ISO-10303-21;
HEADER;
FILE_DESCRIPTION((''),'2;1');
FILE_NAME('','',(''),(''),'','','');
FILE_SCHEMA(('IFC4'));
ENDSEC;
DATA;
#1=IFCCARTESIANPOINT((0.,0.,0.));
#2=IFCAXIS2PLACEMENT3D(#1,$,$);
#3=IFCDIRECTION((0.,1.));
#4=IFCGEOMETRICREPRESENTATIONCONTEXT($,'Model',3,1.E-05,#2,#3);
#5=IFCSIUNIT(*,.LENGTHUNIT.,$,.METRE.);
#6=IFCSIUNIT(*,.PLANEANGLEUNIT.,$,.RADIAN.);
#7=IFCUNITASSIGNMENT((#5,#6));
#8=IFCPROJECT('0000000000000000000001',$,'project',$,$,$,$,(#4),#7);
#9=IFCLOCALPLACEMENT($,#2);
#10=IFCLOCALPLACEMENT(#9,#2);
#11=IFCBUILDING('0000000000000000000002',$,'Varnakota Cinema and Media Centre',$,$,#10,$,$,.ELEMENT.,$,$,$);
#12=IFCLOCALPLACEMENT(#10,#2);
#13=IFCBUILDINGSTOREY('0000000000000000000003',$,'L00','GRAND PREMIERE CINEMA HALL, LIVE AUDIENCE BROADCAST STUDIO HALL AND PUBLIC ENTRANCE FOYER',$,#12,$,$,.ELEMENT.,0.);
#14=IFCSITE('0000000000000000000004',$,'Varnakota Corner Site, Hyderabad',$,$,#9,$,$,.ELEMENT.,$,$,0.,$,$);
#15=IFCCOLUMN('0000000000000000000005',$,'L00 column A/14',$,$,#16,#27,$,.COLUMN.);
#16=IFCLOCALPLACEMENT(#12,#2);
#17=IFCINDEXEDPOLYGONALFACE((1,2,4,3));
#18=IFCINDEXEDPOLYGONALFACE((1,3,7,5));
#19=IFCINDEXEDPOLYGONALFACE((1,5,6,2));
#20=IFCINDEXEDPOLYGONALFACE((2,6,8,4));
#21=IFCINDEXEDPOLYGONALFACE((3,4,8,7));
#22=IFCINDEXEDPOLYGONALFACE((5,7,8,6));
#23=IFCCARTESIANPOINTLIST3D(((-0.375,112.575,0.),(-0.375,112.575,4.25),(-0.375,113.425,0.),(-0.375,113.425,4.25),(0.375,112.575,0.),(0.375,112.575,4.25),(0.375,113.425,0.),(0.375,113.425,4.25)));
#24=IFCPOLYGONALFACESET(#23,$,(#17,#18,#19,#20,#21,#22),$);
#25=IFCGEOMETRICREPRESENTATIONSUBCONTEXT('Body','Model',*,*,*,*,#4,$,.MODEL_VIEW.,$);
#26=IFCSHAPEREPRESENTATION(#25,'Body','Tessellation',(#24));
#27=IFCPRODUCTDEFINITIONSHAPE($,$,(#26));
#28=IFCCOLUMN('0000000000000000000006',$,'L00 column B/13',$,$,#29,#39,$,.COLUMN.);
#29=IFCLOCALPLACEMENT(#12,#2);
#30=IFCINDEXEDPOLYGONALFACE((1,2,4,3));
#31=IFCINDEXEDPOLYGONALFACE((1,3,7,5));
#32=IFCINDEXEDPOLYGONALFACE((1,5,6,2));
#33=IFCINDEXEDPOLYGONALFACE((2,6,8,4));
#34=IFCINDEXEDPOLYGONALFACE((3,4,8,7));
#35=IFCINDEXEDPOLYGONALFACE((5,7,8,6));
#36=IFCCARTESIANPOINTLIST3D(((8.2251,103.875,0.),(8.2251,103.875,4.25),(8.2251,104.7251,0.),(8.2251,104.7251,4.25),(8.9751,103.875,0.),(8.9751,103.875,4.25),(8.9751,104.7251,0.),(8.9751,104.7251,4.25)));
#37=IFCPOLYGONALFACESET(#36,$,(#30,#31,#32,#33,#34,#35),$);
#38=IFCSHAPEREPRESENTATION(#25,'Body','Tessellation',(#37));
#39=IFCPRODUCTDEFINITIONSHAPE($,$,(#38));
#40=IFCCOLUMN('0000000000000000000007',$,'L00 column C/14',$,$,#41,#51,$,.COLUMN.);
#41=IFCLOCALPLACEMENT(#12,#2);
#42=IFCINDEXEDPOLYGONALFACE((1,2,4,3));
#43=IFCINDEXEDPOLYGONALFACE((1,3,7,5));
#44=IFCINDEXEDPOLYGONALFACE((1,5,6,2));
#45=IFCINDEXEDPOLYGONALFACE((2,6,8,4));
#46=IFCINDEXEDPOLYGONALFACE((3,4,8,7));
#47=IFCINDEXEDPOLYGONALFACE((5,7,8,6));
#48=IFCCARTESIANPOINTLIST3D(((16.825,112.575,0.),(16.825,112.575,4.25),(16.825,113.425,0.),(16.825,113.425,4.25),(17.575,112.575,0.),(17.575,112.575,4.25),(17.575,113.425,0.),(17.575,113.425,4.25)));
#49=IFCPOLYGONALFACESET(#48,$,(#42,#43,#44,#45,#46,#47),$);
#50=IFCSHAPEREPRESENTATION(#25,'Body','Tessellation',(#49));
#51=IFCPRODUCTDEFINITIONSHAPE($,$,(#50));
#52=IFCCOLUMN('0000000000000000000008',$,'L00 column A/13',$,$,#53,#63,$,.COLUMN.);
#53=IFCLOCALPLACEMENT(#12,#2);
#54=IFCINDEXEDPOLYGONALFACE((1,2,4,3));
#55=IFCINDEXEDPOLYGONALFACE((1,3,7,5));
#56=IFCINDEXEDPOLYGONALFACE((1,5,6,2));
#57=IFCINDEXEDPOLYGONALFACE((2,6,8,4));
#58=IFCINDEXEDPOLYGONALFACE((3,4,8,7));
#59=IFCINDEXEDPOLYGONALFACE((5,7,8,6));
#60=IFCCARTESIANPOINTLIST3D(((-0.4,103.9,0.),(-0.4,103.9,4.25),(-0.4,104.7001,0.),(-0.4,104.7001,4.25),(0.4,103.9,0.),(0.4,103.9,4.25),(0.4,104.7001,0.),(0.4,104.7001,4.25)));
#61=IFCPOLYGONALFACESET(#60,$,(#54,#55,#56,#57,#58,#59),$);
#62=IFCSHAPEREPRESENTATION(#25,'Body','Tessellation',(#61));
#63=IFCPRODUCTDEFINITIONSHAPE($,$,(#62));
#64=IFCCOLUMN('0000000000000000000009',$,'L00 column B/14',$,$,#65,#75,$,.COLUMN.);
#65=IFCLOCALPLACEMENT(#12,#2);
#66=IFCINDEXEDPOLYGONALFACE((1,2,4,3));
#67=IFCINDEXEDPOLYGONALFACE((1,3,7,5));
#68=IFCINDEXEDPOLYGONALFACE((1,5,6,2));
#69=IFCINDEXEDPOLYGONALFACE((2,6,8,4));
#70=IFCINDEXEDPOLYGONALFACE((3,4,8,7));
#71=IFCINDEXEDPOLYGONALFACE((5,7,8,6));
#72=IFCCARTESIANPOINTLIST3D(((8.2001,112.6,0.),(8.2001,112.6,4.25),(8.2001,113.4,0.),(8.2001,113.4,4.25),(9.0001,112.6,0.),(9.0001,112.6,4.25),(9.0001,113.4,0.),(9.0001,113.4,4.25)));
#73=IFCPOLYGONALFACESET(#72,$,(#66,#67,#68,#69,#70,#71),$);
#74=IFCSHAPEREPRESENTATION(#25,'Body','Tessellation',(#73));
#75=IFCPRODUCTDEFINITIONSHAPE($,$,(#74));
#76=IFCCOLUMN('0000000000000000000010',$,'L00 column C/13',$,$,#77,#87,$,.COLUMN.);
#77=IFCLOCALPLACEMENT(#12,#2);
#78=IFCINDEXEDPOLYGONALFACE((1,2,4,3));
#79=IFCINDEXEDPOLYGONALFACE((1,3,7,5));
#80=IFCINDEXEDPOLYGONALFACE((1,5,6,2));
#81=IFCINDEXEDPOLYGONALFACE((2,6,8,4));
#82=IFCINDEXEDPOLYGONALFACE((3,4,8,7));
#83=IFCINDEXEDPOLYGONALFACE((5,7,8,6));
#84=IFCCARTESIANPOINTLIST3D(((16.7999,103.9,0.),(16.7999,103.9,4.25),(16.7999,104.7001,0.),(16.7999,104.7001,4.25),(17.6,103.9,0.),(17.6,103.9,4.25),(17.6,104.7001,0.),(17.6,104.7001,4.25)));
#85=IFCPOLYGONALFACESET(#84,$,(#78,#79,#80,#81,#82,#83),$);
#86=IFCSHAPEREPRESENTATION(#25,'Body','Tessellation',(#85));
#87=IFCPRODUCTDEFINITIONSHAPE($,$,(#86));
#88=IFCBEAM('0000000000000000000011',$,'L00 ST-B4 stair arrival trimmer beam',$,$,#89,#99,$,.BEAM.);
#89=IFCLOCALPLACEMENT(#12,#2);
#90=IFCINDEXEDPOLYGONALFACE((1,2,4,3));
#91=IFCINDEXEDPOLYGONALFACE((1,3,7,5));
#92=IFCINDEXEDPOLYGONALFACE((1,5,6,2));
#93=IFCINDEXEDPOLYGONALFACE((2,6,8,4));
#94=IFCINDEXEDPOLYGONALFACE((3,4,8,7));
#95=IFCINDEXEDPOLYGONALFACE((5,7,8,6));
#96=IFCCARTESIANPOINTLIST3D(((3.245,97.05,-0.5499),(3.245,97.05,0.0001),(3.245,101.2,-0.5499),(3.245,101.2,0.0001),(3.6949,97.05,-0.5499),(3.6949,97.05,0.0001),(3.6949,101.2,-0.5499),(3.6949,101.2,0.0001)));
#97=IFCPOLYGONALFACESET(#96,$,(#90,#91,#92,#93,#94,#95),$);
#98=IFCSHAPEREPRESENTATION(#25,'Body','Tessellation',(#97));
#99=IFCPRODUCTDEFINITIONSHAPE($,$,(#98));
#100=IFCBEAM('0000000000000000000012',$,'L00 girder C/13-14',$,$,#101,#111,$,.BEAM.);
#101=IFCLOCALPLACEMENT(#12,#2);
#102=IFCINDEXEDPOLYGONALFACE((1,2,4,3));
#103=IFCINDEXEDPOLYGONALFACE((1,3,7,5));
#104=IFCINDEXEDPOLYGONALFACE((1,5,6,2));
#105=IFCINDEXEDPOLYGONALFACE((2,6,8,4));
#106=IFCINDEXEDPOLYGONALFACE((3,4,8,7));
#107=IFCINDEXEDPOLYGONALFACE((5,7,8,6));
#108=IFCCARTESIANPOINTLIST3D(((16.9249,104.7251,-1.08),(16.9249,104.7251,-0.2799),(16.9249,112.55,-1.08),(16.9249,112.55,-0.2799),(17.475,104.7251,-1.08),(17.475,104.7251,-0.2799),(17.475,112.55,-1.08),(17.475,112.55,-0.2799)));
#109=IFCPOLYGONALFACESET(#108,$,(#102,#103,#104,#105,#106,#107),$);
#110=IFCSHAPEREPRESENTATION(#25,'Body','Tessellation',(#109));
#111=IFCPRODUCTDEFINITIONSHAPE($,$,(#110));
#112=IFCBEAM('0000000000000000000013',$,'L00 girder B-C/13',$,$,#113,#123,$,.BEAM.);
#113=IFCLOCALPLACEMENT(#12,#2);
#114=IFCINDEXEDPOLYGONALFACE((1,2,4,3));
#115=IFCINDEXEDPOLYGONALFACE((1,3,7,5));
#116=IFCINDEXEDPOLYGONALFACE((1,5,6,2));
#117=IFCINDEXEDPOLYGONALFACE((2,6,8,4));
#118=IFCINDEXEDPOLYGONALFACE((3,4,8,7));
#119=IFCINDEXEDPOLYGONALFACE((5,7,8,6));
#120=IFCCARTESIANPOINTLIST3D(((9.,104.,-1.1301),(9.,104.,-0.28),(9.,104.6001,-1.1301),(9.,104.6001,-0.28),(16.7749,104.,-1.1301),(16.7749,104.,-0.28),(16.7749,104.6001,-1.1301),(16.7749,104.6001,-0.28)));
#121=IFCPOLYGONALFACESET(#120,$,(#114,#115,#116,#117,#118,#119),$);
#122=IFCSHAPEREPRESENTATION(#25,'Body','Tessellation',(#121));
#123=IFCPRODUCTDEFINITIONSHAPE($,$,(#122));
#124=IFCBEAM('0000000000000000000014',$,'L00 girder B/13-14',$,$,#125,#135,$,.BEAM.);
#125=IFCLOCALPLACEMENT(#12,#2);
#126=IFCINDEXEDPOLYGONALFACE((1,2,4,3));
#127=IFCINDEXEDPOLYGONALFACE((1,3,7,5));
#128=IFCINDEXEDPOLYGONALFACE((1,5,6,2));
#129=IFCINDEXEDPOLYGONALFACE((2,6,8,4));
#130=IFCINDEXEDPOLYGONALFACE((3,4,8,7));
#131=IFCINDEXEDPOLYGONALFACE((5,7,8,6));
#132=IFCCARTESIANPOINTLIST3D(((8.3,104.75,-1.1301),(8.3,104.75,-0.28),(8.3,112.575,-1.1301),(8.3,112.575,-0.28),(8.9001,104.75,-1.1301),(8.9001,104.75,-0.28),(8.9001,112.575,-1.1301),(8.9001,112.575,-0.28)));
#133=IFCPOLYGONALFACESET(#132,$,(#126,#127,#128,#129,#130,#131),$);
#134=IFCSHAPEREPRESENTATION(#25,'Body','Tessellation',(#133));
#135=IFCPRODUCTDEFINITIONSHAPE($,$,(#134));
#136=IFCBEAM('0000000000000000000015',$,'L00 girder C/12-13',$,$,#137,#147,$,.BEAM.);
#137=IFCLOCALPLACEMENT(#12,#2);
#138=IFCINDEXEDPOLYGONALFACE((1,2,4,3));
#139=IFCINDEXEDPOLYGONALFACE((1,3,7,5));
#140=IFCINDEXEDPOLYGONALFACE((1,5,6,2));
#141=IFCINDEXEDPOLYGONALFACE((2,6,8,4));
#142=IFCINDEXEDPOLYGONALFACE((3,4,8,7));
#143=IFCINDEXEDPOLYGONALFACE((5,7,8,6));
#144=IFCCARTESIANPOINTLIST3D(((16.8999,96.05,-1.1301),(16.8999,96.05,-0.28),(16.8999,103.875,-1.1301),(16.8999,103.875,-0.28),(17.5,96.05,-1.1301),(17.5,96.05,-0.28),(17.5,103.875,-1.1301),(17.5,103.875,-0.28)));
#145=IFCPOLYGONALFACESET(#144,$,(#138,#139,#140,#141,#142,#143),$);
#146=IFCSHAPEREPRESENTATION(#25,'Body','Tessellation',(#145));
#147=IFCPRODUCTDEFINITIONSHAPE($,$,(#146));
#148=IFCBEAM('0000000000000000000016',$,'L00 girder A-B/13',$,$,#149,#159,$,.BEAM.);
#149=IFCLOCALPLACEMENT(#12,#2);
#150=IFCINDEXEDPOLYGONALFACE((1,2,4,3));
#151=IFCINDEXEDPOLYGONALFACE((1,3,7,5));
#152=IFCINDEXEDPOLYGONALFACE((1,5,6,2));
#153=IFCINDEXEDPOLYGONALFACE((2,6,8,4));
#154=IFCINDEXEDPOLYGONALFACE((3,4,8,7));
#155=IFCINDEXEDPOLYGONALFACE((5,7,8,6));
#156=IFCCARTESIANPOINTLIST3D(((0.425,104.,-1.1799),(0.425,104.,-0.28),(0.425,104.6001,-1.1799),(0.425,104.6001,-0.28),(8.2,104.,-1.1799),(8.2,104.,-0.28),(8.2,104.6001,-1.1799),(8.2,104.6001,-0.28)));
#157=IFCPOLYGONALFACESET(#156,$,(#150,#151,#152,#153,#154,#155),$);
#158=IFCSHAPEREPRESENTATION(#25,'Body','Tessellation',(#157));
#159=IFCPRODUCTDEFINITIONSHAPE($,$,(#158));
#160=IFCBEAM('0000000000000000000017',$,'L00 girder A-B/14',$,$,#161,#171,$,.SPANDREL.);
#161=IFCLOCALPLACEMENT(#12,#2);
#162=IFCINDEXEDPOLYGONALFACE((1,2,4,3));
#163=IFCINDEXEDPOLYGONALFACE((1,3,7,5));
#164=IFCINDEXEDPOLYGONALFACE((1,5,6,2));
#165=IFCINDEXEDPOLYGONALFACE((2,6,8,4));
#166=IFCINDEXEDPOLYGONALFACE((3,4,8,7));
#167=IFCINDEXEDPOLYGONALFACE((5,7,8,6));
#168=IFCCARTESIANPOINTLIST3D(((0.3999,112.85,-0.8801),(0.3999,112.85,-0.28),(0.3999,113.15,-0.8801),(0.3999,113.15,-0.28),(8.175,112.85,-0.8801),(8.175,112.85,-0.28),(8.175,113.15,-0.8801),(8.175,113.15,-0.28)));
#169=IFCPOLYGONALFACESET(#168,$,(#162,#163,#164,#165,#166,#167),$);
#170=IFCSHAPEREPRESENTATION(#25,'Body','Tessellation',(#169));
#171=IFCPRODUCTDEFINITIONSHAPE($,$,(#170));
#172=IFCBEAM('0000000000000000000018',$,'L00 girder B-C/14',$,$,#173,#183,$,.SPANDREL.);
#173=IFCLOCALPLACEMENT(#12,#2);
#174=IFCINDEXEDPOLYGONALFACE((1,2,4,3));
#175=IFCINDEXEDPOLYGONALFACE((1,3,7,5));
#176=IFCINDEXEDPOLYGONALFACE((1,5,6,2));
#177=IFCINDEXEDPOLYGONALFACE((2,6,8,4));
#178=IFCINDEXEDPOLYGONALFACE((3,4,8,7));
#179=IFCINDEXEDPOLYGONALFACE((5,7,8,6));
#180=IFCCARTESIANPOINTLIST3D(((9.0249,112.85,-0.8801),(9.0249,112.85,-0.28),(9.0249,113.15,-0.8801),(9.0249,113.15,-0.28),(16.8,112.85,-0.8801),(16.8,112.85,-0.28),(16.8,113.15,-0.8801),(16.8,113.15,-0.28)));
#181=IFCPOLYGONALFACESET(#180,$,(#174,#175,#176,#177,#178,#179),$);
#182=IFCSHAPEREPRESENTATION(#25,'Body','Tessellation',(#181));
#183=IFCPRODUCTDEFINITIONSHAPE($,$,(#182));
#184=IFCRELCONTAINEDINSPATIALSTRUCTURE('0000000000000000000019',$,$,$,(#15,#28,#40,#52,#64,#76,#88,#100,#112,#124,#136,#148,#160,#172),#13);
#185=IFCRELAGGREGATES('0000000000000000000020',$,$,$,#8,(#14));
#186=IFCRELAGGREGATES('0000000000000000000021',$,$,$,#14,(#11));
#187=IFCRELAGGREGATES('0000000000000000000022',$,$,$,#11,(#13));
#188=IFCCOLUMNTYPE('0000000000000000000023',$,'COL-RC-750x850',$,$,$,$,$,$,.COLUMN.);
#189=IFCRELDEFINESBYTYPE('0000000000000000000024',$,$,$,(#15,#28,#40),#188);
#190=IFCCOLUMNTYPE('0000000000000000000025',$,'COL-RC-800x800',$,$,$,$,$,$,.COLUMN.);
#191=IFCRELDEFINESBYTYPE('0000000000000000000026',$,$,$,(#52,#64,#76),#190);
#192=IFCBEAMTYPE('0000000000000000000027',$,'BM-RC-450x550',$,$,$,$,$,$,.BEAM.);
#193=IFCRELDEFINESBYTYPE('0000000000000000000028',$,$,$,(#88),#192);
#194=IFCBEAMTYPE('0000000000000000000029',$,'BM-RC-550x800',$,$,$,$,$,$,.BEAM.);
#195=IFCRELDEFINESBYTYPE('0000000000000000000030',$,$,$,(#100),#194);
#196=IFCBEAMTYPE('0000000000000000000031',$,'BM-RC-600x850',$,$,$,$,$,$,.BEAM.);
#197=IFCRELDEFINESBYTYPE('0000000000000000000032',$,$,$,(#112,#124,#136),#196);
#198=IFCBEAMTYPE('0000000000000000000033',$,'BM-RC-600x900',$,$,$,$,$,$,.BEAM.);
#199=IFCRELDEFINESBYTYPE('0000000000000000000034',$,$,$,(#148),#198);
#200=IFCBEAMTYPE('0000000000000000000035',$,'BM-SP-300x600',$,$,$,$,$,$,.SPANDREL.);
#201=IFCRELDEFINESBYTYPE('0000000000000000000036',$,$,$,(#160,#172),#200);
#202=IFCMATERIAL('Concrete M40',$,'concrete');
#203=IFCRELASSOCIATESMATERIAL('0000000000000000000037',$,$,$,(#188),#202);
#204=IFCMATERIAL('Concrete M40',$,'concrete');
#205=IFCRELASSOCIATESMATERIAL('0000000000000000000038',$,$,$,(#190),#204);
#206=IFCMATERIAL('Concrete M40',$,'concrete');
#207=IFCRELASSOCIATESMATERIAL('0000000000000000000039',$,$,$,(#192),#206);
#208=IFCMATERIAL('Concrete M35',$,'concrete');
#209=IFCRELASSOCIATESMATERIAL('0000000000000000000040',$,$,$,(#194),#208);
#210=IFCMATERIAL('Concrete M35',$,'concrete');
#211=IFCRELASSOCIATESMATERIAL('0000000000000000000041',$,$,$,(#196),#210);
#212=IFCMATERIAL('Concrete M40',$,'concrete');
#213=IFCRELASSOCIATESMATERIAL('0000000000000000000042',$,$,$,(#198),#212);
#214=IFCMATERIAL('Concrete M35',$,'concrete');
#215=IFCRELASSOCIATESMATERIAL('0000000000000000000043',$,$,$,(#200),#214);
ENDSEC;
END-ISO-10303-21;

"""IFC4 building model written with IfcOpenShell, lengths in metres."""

from ifc_helpers import new_model, si_unit, direction, frame, origin, origin_2d, place, context, subcontext, project, spatial, rectangle, extrude, material, material_profile, profile_set, type_object, element, save


model = new_model("IFC4")

# Units and contexts
model_context = context("Model", 3, precision=1e-05, world=origin(), true_north=direction((0.0, 1.0)))
body_context = subcontext(model_context, "Body", "Model", "MODEL_VIEW")
ifc_project = project(units=[si_unit("LENGTHUNIT", "METRE"), si_unit("PLANEANGLEUNIT", "RADIAN")], contexts=[model_context])

# Site, building, storey
site_placement = place(None, origin())
site = spatial("IfcSite", under=ifc_project, at=site_placement, Name="Varnakota Corner Site, Hyderabad", CompositionType="ELEMENT", RefElevation=0.0)
building_placement = place(site_placement, origin())
building = spatial("IfcBuilding", under=site, at=building_placement, Name="Varnakota Cinema and Media Centre", CompositionType="ELEMENT")
storey_placement = place(building_placement, origin())
storey = spatial("IfcBuildingStorey", under=building, at=storey_placement, Name="L00", Description="GRAND PREMIERE CINEMA HALL, LIVE AUDIENCE BROADCAST STUDIO HALL AND PUBLIC ENTRANCE FOYER", CompositionType="ELEMENT", Elevation=0.0)

# Columns
ifc_material_1 = material(Name="Concrete M40", Category="concrete")
ifc_material_profile_1 = material_profile(ifc_material_1, rectangle(XDim=0.75, YDim=0.8501, at=origin_2d()), Name="RC 750x850")
ifc_profile_set_1 = profile_set([ifc_material_profile_1], Name="Concrete M40")
column_type_1 = type_object("IfcColumnType", Name="COL-RC-750x850", PredefinedType="COLUMN", material=ifc_profile_set_1)
for number, where, z_axis, x_axis, name in (
    (1, (0.0, 113.0, 0.0), (0.0, 0.0, 1.0), (1.0, 0.0, 0.0), "L00 column A/14"),
    (2, (8.6001, 104.3, 0.0), (0.0, 0.0, 1.0), (1.0, 0.0, 0.0), "L00 column B/13"),
    (3, (17.2, 113.0, 0.0), (0.0, 0.0, 1.0), (1.0, 0.0, 0.0), "L00 column C/14"),
):
    element("IfcColumn", number, at=place(storey_placement, frame(where, z_axis=z_axis, x_axis=x_axis)), inside=storey, type_object=column_type_1, Name=name, PredefinedType="COLUMN", context=body_context, shape_type="SweptSolid", body=[
        extrude(rectangle(XDim=0.75, YDim=0.8501, at=origin_2d()), origin(), (0.0, 0.0, 1.0), 4.25),
    ])
ifc_material_2 = material(Name="Concrete M40", Category="concrete")
ifc_material_profile_2 = material_profile(ifc_material_2, rectangle(XDim=0.8, YDim=0.8, at=origin_2d()), Name="RC 800x800")
ifc_profile_set_2 = profile_set([ifc_material_profile_2], Name="Concrete M40")
column_type_2 = type_object("IfcColumnType", Name="COL-RC-800x800", PredefinedType="COLUMN", material=ifc_profile_set_2)
for number, where, z_axis, x_axis, name in (
    (4, (0.0, 104.3, 0.0), (0.0, 0.0, 1.0), (1.0, 0.0, 0.0), "L00 column A/13"),
    (5, (8.6001, 113.0, 0.0), (0.0, 0.0, 1.0), (1.0, 0.0, 0.0), "L00 column B/14"),
    (6, (17.2, 104.3, 0.0), (0.0, 0.0, 1.0), (1.0, 0.0, 0.0), "L00 column C/13"),
):
    element("IfcColumn", number, at=place(storey_placement, frame(where, z_axis=z_axis, x_axis=x_axis)), inside=storey, type_object=column_type_2, Name=name, PredefinedType="COLUMN", context=body_context, shape_type="SweptSolid", body=[
        extrude(rectangle(XDim=0.8, YDim=0.8, at=origin_2d()), origin(), (0.0, 0.0, 1.0), 4.25),
    ])

# Beams
ifc_material_3 = material(Name="Concrete M40", Category="concrete")
ifc_material_profile_3 = material_profile(ifc_material_3, rectangle(XDim=0.45, YDim=0.55, at=origin_2d()), Name="RCB 450x550")
ifc_profile_set_3 = profile_set([ifc_material_profile_3], Name="Concrete M40")
beam_type_1 = type_object("IfcBeamType", Name="BM-RC-450x550", PredefinedType="BEAM", material=ifc_profile_set_3)
beam_1_placement = place(storey_placement, frame((3.47, 97.05, -0.2749), z_axis=(0.0, 1.0, 0.0), x_axis=(-1.0, 0.0, 0.0)))
element("IfcBeam", 7, at=beam_1_placement, inside=storey, type_object=beam_type_1, Name="L00 ST-B4 stair arrival trimmer beam", PredefinedType="BEAM", context=body_context, shape_type="SweptSolid", body=[
    extrude(rectangle(XDim=0.45, YDim=0.55, at=origin_2d()), origin(), (0.0, 0.0, 1.0), 4.1499),
])
ifc_material_4 = material(Name="Concrete M35", Category="concrete")
ifc_material_profile_4 = material_profile(ifc_material_4, rectangle(XDim=0.55, YDim=0.8, at=origin_2d()), Name="RCB 550x800")
ifc_profile_set_4 = profile_set([ifc_material_profile_4], Name="Concrete M35")
beam_type_2 = type_object("IfcBeamType", Name="BM-RC-550x800", PredefinedType="BEAM", material=ifc_profile_set_4)
beam_2_placement = place(storey_placement, frame((17.2, 104.7251, -0.6799), z_axis=(0.0, 1.0, 0.0), x_axis=(-1.0, 0.0, 0.0)))
element("IfcBeam", 8, at=beam_2_placement, inside=storey, type_object=beam_type_2, Name="L00 girder C/13-14", PredefinedType="BEAM", context=body_context, shape_type="SweptSolid", body=[
    extrude(rectangle(XDim=0.55, YDim=0.8, at=origin_2d()), origin(), (0.0, 0.0, 1.0), 7.825),
])
ifc_material_5 = material(Name="Concrete M35", Category="concrete")
ifc_material_profile_5 = material_profile(ifc_material_5, rectangle(XDim=0.6001, YDim=0.8501, at=origin_2d()), Name="RCB 600x850")
ifc_profile_set_5 = profile_set([ifc_material_profile_5], Name="Concrete M35")
beam_type_3 = type_object("IfcBeamType", Name="BM-RC-600x850", PredefinedType="BEAM", material=ifc_profile_set_5)
beam_3_placement = place(storey_placement, frame((9.0, 104.3, -0.7051), z_axis=(1.0, 0.0, 0.0), x_axis=(0.0, 1.0, 0.0)))
element("IfcBeam", 9, at=beam_3_placement, inside=storey, type_object=beam_type_3, Name="L00 girder B-C/13", PredefinedType="BEAM", context=body_context, shape_type="SweptSolid", body=[
    extrude(rectangle(XDim=0.6001, YDim=0.8501, at=origin_2d()), origin(), (0.0, 0.0, 1.0), 7.7749),
])
for number, where, z_axis, x_axis, name in (
    (10, (8.6001, 104.75, -0.7051), (0.0, 1.0, 0.0), (-1.0, 0.0, 0.0), "L00 girder B/13-14"),
    (11, (17.2, 96.05, -0.7051), (0.0, 1.0, 0.0), (-1.0, 0.0, 0.0), "L00 girder C/12-13"),
):
    element("IfcBeam", number, at=place(storey_placement, frame(where, z_axis=z_axis, x_axis=x_axis)), inside=storey, type_object=beam_type_3, Name=name, PredefinedType="BEAM", context=body_context, shape_type="SweptSolid", body=[
        extrude(rectangle(XDim=0.6001, YDim=0.8501, at=origin_2d()), origin(), (0.0, 0.0, 1.0), 7.825),
    ])
ifc_material_6 = material(Name="Concrete M40", Category="concrete")
ifc_material_profile_6 = material_profile(ifc_material_6, rectangle(XDim=0.6001, YDim=0.8999, at=origin_2d()), Name="RCB 600x900")
ifc_profile_set_6 = profile_set([ifc_material_profile_6], Name="Concrete M40")
beam_type_4 = type_object("IfcBeamType", Name="BM-RC-600x900", PredefinedType="BEAM", material=ifc_profile_set_6)
beam_4_placement = place(storey_placement, frame((0.425, 104.3, -0.73), z_axis=(1.0, 0.0, 0.0), x_axis=(0.0, 1.0, 0.0)))
element("IfcBeam", 12, at=beam_4_placement, inside=storey, type_object=beam_type_4, Name="L00 girder A-B/13", PredefinedType="BEAM", context=body_context, shape_type="SweptSolid", body=[
    extrude(rectangle(XDim=0.6001, YDim=0.8999, at=origin_2d()), origin(), (0.0, 0.0, 1.0), 7.7749),
])
ifc_material_7 = material(Name="Concrete M35", Category="concrete")
ifc_material_profile_7 = material_profile(ifc_material_7, rectangle(XDim=0.3, YDim=0.6001, at=origin_2d()), Name="RCB 300x600")
ifc_profile_set_7 = profile_set([ifc_material_profile_7], Name="Concrete M35")
beam_type_5 = type_object("IfcBeamType", Name="BM-SP-300x600", PredefinedType="SPANDREL", material=ifc_profile_set_7)
for number, where, z_axis, x_axis, name in (
    (13, (0.3999, 113.0, -0.5801), (1.0, 0.0, 0.0), (0.0, 1.0, 0.0), "L00 girder A-B/14"),
    (14, (9.0249, 113.0, -0.5801), (1.0, 0.0, 0.0), (0.0, 1.0, 0.0), "L00 girder B-C/14"),
):
    element("IfcBeam", number, at=place(storey_placement, frame(where, z_axis=z_axis, x_axis=x_axis)), inside=storey, type_object=beam_type_5, Name=name, PredefinedType="SPANDREL", context=body_context, shape_type="SweptSolid", body=[
        extrude(rectangle(XDim=0.3, YDim=0.6001, at=origin_2d()), origin(), (0.0, 0.0, 1.0), 7.7751),
    ])

save(model, "model.ifc")
